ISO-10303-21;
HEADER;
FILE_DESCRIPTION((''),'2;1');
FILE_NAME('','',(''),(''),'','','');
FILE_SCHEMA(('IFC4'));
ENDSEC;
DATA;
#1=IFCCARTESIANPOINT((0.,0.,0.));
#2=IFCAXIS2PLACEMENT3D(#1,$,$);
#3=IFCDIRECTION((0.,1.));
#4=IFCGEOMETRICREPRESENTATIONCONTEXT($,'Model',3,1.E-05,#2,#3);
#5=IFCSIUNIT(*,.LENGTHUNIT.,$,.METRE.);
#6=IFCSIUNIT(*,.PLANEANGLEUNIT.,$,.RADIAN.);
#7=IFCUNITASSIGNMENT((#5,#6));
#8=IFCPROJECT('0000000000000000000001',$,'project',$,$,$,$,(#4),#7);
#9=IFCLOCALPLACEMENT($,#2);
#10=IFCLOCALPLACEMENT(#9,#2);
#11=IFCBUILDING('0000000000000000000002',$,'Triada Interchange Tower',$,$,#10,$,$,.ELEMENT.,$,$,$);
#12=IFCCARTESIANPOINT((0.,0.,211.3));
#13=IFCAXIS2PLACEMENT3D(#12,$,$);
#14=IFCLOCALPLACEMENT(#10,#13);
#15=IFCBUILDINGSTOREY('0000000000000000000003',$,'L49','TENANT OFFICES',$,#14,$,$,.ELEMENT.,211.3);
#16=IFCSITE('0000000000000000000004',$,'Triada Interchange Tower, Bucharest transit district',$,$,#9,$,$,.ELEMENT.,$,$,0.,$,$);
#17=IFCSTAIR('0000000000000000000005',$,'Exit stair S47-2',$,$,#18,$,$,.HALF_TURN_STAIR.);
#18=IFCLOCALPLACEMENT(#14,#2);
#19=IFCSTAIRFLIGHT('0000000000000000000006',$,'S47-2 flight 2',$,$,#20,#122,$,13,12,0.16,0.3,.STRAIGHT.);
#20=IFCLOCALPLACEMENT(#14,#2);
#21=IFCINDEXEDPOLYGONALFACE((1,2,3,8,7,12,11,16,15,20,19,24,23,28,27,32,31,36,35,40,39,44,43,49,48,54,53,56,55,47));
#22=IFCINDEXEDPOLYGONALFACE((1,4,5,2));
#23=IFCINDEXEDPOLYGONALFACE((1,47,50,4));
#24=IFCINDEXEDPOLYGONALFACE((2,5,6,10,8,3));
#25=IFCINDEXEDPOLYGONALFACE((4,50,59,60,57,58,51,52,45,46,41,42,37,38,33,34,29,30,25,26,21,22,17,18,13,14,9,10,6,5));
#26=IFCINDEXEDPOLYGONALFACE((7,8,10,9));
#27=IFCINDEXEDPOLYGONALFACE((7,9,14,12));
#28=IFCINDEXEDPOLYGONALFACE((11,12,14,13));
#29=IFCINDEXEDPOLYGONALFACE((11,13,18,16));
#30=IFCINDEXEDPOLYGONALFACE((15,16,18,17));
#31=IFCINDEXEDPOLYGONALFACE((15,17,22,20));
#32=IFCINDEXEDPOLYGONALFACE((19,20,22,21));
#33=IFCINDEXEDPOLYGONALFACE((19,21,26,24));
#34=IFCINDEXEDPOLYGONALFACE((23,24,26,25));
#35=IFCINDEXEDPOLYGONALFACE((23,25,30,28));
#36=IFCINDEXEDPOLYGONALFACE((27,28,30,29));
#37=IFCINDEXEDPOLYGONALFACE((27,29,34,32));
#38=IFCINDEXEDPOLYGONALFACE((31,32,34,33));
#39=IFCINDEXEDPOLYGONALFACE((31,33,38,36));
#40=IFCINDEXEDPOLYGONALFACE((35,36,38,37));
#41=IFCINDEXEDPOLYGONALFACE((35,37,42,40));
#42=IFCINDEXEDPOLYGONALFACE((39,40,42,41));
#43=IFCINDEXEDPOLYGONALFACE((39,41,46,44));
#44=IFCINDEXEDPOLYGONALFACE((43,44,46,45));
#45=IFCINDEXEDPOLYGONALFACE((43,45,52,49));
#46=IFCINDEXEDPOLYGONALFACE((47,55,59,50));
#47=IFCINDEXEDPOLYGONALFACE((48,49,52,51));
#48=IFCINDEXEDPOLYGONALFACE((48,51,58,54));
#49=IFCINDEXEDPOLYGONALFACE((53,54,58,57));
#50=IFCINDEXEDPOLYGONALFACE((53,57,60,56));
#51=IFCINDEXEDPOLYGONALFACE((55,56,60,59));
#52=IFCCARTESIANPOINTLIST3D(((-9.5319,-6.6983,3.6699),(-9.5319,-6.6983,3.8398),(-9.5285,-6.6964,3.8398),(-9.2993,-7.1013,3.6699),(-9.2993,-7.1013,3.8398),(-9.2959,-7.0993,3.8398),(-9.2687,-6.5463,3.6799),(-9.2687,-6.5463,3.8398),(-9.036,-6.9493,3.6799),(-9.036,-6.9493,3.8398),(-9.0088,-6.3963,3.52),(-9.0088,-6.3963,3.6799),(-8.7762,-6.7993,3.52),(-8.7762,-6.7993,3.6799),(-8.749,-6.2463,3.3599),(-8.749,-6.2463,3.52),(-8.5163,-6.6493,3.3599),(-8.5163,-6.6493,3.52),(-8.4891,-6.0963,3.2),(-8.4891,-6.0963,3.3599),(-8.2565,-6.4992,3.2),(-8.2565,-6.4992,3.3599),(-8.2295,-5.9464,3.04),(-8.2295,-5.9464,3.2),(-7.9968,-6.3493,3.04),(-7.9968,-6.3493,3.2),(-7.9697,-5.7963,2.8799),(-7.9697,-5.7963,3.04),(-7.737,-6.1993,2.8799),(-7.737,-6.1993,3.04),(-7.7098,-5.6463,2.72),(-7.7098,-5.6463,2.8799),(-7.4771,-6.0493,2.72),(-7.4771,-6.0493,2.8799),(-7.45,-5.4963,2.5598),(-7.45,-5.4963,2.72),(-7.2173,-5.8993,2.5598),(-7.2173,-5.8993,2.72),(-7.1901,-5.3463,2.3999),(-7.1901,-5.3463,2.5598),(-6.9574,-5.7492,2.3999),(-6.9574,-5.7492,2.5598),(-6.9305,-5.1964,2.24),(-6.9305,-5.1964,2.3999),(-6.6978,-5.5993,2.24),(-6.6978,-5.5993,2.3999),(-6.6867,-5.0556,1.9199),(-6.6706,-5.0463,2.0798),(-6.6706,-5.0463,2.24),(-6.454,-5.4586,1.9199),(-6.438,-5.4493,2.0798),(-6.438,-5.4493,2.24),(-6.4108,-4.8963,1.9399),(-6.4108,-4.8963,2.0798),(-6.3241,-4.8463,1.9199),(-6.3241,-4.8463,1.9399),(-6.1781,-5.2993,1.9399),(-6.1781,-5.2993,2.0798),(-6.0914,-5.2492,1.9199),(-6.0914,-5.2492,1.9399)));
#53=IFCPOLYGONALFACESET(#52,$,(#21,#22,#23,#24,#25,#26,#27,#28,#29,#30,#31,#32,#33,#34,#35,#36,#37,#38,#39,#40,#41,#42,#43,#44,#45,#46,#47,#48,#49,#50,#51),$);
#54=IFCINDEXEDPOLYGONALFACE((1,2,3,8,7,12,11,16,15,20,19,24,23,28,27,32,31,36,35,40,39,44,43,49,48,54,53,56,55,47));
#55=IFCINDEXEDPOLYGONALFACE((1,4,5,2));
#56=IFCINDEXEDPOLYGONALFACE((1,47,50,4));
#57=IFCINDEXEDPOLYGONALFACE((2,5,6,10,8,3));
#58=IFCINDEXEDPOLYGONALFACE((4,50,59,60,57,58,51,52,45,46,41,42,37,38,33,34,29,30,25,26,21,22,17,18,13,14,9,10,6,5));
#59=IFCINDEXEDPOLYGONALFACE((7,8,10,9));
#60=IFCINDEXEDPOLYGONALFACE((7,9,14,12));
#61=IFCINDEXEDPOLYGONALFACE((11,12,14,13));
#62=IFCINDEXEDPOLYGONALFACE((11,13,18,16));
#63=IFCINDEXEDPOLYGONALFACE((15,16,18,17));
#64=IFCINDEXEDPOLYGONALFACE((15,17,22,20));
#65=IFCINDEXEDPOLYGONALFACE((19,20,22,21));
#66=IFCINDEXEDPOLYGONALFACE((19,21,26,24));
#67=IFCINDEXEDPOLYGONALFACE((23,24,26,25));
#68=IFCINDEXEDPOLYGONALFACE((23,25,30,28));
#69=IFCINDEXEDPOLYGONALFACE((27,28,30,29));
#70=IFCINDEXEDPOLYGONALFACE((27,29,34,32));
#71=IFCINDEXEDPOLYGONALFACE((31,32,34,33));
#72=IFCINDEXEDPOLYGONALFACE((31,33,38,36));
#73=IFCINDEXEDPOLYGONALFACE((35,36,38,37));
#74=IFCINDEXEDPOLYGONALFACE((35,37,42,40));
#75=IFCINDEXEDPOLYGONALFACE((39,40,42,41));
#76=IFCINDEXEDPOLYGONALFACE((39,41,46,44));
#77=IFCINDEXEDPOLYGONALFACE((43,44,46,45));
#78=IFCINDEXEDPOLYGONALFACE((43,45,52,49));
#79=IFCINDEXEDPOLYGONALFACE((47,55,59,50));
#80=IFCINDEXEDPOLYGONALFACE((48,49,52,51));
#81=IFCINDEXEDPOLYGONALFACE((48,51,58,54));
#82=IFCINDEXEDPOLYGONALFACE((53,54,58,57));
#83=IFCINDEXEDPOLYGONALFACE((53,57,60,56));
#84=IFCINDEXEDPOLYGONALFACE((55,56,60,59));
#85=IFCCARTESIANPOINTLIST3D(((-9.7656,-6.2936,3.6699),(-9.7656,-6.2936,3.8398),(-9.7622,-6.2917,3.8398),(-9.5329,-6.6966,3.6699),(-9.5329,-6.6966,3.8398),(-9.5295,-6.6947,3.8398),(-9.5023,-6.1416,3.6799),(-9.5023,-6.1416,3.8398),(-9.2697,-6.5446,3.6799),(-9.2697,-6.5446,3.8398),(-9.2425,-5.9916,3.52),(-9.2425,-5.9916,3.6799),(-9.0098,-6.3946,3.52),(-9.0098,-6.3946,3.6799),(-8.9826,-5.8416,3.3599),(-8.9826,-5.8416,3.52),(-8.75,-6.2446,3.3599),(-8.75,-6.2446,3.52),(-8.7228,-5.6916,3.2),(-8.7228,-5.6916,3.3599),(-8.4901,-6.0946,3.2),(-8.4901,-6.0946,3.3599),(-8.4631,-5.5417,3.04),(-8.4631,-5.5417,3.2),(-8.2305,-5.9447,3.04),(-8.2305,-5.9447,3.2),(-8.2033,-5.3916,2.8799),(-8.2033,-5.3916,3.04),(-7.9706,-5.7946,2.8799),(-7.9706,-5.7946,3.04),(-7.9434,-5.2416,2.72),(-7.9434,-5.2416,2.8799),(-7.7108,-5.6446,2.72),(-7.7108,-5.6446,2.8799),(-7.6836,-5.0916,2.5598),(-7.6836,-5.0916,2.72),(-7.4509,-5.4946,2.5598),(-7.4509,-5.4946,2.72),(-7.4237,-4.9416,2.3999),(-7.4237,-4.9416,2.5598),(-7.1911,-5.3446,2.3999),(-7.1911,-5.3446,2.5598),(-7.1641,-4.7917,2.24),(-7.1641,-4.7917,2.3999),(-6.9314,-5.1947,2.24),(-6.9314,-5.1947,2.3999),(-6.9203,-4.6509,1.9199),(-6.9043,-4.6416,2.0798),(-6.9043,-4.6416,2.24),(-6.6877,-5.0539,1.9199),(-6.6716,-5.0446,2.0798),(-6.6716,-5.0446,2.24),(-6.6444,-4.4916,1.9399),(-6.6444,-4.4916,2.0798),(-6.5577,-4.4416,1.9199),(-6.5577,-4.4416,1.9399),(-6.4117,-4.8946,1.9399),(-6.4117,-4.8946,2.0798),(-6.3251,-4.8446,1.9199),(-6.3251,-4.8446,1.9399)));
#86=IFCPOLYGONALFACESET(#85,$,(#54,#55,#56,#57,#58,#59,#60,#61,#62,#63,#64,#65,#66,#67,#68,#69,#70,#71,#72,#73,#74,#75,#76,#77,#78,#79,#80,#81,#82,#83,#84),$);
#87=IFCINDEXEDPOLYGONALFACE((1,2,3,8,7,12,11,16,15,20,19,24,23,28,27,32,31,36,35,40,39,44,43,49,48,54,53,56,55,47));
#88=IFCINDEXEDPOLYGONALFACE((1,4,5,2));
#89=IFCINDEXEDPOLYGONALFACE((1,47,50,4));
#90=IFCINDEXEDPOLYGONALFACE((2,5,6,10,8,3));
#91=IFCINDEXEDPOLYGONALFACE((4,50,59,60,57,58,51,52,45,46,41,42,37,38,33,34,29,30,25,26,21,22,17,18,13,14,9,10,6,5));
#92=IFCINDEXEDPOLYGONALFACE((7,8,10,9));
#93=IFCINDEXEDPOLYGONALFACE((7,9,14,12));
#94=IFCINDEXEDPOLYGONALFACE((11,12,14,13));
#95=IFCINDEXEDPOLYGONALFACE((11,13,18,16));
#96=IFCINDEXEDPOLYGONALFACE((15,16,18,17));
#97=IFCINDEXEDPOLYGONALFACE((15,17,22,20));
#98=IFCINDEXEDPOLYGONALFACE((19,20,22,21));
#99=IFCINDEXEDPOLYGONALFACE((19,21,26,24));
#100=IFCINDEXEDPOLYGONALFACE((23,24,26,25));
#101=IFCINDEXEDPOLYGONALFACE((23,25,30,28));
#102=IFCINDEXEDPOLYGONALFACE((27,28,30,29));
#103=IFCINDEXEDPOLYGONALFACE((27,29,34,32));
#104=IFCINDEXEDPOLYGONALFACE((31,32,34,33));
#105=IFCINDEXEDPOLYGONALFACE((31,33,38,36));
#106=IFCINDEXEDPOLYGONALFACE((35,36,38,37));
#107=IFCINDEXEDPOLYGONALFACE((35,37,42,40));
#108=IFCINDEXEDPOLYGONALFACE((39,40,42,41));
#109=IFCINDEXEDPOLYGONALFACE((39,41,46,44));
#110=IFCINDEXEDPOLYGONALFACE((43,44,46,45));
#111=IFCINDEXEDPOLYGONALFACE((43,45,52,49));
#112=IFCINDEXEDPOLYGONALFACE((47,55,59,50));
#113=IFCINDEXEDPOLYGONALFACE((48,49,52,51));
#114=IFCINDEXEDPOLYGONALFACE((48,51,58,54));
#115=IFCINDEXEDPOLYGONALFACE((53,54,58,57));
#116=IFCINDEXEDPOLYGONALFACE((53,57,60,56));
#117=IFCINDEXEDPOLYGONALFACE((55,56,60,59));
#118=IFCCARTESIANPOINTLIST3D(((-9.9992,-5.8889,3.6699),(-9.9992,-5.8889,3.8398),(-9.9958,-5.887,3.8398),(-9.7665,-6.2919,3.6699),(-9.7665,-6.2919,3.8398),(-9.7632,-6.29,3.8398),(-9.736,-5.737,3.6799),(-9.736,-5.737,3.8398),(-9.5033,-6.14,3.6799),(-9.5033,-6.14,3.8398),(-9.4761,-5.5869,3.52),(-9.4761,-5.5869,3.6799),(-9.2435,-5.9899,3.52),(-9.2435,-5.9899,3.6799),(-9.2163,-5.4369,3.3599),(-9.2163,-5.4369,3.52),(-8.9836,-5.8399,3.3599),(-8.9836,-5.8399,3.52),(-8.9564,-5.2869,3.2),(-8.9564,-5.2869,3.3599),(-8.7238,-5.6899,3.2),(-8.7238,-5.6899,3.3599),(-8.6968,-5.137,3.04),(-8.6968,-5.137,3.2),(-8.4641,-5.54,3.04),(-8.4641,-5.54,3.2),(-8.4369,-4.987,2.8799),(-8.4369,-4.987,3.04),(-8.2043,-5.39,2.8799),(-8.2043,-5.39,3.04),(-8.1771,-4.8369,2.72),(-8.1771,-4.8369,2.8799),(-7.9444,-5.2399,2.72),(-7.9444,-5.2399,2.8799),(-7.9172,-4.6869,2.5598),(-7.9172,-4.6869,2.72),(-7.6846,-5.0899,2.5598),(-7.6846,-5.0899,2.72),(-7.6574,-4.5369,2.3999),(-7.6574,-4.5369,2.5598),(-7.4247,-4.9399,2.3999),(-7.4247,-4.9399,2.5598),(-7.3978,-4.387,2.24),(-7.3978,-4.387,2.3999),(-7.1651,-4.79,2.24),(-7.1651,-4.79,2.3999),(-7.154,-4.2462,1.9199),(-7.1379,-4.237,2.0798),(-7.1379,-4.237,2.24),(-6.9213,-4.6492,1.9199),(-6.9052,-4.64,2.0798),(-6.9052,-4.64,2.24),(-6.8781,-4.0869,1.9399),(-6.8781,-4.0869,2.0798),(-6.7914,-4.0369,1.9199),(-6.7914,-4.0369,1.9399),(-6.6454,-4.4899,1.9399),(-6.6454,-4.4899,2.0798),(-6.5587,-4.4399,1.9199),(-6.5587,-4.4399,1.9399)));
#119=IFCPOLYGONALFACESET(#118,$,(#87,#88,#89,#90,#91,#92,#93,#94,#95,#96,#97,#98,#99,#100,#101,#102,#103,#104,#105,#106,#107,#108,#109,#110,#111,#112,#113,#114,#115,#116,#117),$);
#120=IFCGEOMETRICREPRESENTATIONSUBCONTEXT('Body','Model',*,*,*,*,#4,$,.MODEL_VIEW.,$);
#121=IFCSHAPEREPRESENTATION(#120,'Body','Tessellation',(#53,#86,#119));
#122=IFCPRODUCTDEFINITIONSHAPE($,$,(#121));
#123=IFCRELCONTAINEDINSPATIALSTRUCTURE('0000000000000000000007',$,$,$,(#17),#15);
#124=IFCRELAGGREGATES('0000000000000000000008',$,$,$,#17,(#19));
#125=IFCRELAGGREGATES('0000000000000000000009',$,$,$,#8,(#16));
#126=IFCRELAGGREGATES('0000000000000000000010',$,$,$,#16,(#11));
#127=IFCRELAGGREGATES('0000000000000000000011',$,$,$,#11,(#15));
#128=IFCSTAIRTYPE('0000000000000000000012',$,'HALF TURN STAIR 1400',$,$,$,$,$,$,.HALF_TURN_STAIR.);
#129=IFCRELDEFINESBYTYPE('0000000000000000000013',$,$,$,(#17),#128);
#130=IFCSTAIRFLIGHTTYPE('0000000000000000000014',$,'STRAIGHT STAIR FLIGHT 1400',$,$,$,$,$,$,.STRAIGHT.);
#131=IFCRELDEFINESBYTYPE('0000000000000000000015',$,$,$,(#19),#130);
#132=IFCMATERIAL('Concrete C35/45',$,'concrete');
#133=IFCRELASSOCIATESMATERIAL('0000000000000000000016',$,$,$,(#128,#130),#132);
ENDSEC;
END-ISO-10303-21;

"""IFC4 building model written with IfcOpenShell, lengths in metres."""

from ifc_helpers import new_model, si_unit, direction, frame, origin, place, context, subcontext, project, spatial, polyline, outline, extrude, material, type_object, element, aggregate, save


model = new_model("IFC4")

# Units and contexts
model_context = context("Model", 3, precision=1e-05, world=origin(), true_north=direction((0.0, 1.0)))
body_context = subcontext(model_context, "Body", "Model", "MODEL_VIEW")
ifc_project = project(units=[si_unit("LENGTHUNIT", "METRE"), si_unit("PLANEANGLEUNIT", "RADIAN")], contexts=[model_context])

# Site, building, storey
site_placement = place(None, origin())
site = spatial("IfcSite", under=ifc_project, at=site_placement, Name="Triada Interchange Tower, Bucharest transit district", CompositionType="ELEMENT", RefElevation=0.0)
building_placement = place(site_placement, origin())
building = spatial("IfcBuilding", under=site, at=building_placement, Name="Triada Interchange Tower", CompositionType="ELEMENT")
storey_placement = place(building_placement, frame((0.0, 0.0, 211.3)))
storey = spatial("IfcBuildingStorey", under=building, at=storey_placement, Name="L49", Description="TENANT OFFICES", CompositionType="ELEMENT", Elevation=211.3)

# Stair, stair flight
ifc_material_1 = material(Name="Concrete C35/45", Category="concrete")
stair_type = type_object("IfcStairType", Name="HALF TURN STAIR 1400", PredefinedType="HALF_TURN_STAIR", material=ifc_material_1)
stair_placement = place(storey_placement, origin())
stair = element("IfcStair", 1, at=stair_placement, inside=storey, type_object=stair_type, Name="Exit stair S47-2", PredefinedType="HALF_TURN_STAIR")
stair_flight_type = type_object("IfcStairFlightType", Name="STRAIGHT STAIR FLIGHT 1400", PredefinedType="STRAIGHT", material=ifc_material_1)
stair_flight_1_placement = place(storey_placement, frame((-6.5281, -4.6931, 1.9199), z_axis=(0.0, 0.0, 1.0), x_axis=(-0.866025, -0.5, 0.0)))
stair_flight_1 = element("IfcStairFlight", 2, at=stair_flight_1_placement, type_object=stair_flight_type, Name="S47-2 flight 2", NumberOfRisers=13, NumberOfTreads=12, PredefinedType="STRAIGHT", RiserHeight=0.16, TreadLength=0.3, context=body_context, shape_type="SweptSolid", body=[
    extrude(outline(polyline([(-0.1001, 0.0), (-0.1001, 0.02), (0.0, 0.02), (0.0, 0.1599), (0.3, 0.1599), (0.3, 0.3201), (0.6001, 0.3201), (0.6001, 0.48), (0.8999, 0.48), (0.8999, 0.6399), (1.2, 0.6399), (1.2, 0.8), (1.5, 0.8), (1.5, 0.96), (1.8, 0.96), (1.8, 1.1201), (2.1001, 1.1201), (2.1001, 1.28), (2.3999, 1.28), (2.3999, 1.4399), (2.7, 1.4399), (2.7, 1.6001), (3.0, 1.6001), (3.0, 1.76), (3.3, 1.76), (3.3, 1.9199), (3.6001, 1.9199), (3.604, 1.9199), (3.604, 2.0801), (3.604, 1.75), (0.3186, 0.0), (-0.1001, 0.0)])), frame((0.0, 0.7, 0.0), z_axis=(0.0, -1.0, 0.0), x_axis=(1.0, 0.0, 0.0)), (0.0, 0.0, 1.0), 0.4653),
    extrude(outline(polyline([(-0.1001, 0.0), (-0.1001, 0.02), (0.0, 0.02), (0.0, 0.1599), (0.3, 0.1599), (0.3, 0.3201), (0.6001, 0.3201), (0.6001, 0.48), (0.8999, 0.48), (0.8999, 0.6399), (1.2, 0.6399), (1.2, 0.8), (1.5, 0.8), (1.5, 0.96), (1.8, 0.96), (1.8, 1.1201), (2.1001, 1.1201), (2.1001, 1.28), (2.3999, 1.28), (2.3999, 1.4399), (2.7, 1.4399), (2.7, 1.6001), (3.0, 1.6001), (3.0, 1.76), (3.3, 1.76), (3.3, 1.9199), (3.6001, 1.9199), (3.604, 1.9199), (3.604, 2.0801), (3.604, 1.75), (0.3186, 0.0), (-0.1001, 0.0)])), frame((0.0, 0.2327, 0.0), z_axis=(0.0, -1.0, 0.0), x_axis=(1.0, 0.0, 0.0)), (0.0, 0.0, 1.0), 0.4653),
    extrude(outline(polyline([(-0.1001, 0.0), (-0.1001, 0.02), (0.0, 0.02), (0.0, 0.1599), (0.3, 0.1599), (0.3, 0.3201), (0.6001, 0.3201), (0.6001, 0.48), (0.8999, 0.48), (0.8999, 0.6399), (1.2, 0.6399), (1.2, 0.8), (1.5, 0.8), (1.5, 0.96), (1.8, 0.96), (1.8, 1.1201), (2.1001, 1.1201), (2.1001, 1.28), (2.3999, 1.28), (2.3999, 1.4399), (2.7, 1.4399), (2.7, 1.6001), (3.0, 1.6001), (3.0, 1.76), (3.3, 1.76), (3.3, 1.9199), (3.6001, 1.9199), (3.604, 1.9199), (3.604, 2.0801), (3.604, 1.75), (0.3186, 0.0), (-0.1001, 0.0)])), frame((0.0, -0.2346, 0.0), z_axis=(0.0, -1.0, 0.0), x_axis=(1.0, 0.0, 0.0)), (0.0, 0.0, 1.0), 0.4653),
])
aggregate(stair, [stair_flight_1])

save(model, "model.ifc")
